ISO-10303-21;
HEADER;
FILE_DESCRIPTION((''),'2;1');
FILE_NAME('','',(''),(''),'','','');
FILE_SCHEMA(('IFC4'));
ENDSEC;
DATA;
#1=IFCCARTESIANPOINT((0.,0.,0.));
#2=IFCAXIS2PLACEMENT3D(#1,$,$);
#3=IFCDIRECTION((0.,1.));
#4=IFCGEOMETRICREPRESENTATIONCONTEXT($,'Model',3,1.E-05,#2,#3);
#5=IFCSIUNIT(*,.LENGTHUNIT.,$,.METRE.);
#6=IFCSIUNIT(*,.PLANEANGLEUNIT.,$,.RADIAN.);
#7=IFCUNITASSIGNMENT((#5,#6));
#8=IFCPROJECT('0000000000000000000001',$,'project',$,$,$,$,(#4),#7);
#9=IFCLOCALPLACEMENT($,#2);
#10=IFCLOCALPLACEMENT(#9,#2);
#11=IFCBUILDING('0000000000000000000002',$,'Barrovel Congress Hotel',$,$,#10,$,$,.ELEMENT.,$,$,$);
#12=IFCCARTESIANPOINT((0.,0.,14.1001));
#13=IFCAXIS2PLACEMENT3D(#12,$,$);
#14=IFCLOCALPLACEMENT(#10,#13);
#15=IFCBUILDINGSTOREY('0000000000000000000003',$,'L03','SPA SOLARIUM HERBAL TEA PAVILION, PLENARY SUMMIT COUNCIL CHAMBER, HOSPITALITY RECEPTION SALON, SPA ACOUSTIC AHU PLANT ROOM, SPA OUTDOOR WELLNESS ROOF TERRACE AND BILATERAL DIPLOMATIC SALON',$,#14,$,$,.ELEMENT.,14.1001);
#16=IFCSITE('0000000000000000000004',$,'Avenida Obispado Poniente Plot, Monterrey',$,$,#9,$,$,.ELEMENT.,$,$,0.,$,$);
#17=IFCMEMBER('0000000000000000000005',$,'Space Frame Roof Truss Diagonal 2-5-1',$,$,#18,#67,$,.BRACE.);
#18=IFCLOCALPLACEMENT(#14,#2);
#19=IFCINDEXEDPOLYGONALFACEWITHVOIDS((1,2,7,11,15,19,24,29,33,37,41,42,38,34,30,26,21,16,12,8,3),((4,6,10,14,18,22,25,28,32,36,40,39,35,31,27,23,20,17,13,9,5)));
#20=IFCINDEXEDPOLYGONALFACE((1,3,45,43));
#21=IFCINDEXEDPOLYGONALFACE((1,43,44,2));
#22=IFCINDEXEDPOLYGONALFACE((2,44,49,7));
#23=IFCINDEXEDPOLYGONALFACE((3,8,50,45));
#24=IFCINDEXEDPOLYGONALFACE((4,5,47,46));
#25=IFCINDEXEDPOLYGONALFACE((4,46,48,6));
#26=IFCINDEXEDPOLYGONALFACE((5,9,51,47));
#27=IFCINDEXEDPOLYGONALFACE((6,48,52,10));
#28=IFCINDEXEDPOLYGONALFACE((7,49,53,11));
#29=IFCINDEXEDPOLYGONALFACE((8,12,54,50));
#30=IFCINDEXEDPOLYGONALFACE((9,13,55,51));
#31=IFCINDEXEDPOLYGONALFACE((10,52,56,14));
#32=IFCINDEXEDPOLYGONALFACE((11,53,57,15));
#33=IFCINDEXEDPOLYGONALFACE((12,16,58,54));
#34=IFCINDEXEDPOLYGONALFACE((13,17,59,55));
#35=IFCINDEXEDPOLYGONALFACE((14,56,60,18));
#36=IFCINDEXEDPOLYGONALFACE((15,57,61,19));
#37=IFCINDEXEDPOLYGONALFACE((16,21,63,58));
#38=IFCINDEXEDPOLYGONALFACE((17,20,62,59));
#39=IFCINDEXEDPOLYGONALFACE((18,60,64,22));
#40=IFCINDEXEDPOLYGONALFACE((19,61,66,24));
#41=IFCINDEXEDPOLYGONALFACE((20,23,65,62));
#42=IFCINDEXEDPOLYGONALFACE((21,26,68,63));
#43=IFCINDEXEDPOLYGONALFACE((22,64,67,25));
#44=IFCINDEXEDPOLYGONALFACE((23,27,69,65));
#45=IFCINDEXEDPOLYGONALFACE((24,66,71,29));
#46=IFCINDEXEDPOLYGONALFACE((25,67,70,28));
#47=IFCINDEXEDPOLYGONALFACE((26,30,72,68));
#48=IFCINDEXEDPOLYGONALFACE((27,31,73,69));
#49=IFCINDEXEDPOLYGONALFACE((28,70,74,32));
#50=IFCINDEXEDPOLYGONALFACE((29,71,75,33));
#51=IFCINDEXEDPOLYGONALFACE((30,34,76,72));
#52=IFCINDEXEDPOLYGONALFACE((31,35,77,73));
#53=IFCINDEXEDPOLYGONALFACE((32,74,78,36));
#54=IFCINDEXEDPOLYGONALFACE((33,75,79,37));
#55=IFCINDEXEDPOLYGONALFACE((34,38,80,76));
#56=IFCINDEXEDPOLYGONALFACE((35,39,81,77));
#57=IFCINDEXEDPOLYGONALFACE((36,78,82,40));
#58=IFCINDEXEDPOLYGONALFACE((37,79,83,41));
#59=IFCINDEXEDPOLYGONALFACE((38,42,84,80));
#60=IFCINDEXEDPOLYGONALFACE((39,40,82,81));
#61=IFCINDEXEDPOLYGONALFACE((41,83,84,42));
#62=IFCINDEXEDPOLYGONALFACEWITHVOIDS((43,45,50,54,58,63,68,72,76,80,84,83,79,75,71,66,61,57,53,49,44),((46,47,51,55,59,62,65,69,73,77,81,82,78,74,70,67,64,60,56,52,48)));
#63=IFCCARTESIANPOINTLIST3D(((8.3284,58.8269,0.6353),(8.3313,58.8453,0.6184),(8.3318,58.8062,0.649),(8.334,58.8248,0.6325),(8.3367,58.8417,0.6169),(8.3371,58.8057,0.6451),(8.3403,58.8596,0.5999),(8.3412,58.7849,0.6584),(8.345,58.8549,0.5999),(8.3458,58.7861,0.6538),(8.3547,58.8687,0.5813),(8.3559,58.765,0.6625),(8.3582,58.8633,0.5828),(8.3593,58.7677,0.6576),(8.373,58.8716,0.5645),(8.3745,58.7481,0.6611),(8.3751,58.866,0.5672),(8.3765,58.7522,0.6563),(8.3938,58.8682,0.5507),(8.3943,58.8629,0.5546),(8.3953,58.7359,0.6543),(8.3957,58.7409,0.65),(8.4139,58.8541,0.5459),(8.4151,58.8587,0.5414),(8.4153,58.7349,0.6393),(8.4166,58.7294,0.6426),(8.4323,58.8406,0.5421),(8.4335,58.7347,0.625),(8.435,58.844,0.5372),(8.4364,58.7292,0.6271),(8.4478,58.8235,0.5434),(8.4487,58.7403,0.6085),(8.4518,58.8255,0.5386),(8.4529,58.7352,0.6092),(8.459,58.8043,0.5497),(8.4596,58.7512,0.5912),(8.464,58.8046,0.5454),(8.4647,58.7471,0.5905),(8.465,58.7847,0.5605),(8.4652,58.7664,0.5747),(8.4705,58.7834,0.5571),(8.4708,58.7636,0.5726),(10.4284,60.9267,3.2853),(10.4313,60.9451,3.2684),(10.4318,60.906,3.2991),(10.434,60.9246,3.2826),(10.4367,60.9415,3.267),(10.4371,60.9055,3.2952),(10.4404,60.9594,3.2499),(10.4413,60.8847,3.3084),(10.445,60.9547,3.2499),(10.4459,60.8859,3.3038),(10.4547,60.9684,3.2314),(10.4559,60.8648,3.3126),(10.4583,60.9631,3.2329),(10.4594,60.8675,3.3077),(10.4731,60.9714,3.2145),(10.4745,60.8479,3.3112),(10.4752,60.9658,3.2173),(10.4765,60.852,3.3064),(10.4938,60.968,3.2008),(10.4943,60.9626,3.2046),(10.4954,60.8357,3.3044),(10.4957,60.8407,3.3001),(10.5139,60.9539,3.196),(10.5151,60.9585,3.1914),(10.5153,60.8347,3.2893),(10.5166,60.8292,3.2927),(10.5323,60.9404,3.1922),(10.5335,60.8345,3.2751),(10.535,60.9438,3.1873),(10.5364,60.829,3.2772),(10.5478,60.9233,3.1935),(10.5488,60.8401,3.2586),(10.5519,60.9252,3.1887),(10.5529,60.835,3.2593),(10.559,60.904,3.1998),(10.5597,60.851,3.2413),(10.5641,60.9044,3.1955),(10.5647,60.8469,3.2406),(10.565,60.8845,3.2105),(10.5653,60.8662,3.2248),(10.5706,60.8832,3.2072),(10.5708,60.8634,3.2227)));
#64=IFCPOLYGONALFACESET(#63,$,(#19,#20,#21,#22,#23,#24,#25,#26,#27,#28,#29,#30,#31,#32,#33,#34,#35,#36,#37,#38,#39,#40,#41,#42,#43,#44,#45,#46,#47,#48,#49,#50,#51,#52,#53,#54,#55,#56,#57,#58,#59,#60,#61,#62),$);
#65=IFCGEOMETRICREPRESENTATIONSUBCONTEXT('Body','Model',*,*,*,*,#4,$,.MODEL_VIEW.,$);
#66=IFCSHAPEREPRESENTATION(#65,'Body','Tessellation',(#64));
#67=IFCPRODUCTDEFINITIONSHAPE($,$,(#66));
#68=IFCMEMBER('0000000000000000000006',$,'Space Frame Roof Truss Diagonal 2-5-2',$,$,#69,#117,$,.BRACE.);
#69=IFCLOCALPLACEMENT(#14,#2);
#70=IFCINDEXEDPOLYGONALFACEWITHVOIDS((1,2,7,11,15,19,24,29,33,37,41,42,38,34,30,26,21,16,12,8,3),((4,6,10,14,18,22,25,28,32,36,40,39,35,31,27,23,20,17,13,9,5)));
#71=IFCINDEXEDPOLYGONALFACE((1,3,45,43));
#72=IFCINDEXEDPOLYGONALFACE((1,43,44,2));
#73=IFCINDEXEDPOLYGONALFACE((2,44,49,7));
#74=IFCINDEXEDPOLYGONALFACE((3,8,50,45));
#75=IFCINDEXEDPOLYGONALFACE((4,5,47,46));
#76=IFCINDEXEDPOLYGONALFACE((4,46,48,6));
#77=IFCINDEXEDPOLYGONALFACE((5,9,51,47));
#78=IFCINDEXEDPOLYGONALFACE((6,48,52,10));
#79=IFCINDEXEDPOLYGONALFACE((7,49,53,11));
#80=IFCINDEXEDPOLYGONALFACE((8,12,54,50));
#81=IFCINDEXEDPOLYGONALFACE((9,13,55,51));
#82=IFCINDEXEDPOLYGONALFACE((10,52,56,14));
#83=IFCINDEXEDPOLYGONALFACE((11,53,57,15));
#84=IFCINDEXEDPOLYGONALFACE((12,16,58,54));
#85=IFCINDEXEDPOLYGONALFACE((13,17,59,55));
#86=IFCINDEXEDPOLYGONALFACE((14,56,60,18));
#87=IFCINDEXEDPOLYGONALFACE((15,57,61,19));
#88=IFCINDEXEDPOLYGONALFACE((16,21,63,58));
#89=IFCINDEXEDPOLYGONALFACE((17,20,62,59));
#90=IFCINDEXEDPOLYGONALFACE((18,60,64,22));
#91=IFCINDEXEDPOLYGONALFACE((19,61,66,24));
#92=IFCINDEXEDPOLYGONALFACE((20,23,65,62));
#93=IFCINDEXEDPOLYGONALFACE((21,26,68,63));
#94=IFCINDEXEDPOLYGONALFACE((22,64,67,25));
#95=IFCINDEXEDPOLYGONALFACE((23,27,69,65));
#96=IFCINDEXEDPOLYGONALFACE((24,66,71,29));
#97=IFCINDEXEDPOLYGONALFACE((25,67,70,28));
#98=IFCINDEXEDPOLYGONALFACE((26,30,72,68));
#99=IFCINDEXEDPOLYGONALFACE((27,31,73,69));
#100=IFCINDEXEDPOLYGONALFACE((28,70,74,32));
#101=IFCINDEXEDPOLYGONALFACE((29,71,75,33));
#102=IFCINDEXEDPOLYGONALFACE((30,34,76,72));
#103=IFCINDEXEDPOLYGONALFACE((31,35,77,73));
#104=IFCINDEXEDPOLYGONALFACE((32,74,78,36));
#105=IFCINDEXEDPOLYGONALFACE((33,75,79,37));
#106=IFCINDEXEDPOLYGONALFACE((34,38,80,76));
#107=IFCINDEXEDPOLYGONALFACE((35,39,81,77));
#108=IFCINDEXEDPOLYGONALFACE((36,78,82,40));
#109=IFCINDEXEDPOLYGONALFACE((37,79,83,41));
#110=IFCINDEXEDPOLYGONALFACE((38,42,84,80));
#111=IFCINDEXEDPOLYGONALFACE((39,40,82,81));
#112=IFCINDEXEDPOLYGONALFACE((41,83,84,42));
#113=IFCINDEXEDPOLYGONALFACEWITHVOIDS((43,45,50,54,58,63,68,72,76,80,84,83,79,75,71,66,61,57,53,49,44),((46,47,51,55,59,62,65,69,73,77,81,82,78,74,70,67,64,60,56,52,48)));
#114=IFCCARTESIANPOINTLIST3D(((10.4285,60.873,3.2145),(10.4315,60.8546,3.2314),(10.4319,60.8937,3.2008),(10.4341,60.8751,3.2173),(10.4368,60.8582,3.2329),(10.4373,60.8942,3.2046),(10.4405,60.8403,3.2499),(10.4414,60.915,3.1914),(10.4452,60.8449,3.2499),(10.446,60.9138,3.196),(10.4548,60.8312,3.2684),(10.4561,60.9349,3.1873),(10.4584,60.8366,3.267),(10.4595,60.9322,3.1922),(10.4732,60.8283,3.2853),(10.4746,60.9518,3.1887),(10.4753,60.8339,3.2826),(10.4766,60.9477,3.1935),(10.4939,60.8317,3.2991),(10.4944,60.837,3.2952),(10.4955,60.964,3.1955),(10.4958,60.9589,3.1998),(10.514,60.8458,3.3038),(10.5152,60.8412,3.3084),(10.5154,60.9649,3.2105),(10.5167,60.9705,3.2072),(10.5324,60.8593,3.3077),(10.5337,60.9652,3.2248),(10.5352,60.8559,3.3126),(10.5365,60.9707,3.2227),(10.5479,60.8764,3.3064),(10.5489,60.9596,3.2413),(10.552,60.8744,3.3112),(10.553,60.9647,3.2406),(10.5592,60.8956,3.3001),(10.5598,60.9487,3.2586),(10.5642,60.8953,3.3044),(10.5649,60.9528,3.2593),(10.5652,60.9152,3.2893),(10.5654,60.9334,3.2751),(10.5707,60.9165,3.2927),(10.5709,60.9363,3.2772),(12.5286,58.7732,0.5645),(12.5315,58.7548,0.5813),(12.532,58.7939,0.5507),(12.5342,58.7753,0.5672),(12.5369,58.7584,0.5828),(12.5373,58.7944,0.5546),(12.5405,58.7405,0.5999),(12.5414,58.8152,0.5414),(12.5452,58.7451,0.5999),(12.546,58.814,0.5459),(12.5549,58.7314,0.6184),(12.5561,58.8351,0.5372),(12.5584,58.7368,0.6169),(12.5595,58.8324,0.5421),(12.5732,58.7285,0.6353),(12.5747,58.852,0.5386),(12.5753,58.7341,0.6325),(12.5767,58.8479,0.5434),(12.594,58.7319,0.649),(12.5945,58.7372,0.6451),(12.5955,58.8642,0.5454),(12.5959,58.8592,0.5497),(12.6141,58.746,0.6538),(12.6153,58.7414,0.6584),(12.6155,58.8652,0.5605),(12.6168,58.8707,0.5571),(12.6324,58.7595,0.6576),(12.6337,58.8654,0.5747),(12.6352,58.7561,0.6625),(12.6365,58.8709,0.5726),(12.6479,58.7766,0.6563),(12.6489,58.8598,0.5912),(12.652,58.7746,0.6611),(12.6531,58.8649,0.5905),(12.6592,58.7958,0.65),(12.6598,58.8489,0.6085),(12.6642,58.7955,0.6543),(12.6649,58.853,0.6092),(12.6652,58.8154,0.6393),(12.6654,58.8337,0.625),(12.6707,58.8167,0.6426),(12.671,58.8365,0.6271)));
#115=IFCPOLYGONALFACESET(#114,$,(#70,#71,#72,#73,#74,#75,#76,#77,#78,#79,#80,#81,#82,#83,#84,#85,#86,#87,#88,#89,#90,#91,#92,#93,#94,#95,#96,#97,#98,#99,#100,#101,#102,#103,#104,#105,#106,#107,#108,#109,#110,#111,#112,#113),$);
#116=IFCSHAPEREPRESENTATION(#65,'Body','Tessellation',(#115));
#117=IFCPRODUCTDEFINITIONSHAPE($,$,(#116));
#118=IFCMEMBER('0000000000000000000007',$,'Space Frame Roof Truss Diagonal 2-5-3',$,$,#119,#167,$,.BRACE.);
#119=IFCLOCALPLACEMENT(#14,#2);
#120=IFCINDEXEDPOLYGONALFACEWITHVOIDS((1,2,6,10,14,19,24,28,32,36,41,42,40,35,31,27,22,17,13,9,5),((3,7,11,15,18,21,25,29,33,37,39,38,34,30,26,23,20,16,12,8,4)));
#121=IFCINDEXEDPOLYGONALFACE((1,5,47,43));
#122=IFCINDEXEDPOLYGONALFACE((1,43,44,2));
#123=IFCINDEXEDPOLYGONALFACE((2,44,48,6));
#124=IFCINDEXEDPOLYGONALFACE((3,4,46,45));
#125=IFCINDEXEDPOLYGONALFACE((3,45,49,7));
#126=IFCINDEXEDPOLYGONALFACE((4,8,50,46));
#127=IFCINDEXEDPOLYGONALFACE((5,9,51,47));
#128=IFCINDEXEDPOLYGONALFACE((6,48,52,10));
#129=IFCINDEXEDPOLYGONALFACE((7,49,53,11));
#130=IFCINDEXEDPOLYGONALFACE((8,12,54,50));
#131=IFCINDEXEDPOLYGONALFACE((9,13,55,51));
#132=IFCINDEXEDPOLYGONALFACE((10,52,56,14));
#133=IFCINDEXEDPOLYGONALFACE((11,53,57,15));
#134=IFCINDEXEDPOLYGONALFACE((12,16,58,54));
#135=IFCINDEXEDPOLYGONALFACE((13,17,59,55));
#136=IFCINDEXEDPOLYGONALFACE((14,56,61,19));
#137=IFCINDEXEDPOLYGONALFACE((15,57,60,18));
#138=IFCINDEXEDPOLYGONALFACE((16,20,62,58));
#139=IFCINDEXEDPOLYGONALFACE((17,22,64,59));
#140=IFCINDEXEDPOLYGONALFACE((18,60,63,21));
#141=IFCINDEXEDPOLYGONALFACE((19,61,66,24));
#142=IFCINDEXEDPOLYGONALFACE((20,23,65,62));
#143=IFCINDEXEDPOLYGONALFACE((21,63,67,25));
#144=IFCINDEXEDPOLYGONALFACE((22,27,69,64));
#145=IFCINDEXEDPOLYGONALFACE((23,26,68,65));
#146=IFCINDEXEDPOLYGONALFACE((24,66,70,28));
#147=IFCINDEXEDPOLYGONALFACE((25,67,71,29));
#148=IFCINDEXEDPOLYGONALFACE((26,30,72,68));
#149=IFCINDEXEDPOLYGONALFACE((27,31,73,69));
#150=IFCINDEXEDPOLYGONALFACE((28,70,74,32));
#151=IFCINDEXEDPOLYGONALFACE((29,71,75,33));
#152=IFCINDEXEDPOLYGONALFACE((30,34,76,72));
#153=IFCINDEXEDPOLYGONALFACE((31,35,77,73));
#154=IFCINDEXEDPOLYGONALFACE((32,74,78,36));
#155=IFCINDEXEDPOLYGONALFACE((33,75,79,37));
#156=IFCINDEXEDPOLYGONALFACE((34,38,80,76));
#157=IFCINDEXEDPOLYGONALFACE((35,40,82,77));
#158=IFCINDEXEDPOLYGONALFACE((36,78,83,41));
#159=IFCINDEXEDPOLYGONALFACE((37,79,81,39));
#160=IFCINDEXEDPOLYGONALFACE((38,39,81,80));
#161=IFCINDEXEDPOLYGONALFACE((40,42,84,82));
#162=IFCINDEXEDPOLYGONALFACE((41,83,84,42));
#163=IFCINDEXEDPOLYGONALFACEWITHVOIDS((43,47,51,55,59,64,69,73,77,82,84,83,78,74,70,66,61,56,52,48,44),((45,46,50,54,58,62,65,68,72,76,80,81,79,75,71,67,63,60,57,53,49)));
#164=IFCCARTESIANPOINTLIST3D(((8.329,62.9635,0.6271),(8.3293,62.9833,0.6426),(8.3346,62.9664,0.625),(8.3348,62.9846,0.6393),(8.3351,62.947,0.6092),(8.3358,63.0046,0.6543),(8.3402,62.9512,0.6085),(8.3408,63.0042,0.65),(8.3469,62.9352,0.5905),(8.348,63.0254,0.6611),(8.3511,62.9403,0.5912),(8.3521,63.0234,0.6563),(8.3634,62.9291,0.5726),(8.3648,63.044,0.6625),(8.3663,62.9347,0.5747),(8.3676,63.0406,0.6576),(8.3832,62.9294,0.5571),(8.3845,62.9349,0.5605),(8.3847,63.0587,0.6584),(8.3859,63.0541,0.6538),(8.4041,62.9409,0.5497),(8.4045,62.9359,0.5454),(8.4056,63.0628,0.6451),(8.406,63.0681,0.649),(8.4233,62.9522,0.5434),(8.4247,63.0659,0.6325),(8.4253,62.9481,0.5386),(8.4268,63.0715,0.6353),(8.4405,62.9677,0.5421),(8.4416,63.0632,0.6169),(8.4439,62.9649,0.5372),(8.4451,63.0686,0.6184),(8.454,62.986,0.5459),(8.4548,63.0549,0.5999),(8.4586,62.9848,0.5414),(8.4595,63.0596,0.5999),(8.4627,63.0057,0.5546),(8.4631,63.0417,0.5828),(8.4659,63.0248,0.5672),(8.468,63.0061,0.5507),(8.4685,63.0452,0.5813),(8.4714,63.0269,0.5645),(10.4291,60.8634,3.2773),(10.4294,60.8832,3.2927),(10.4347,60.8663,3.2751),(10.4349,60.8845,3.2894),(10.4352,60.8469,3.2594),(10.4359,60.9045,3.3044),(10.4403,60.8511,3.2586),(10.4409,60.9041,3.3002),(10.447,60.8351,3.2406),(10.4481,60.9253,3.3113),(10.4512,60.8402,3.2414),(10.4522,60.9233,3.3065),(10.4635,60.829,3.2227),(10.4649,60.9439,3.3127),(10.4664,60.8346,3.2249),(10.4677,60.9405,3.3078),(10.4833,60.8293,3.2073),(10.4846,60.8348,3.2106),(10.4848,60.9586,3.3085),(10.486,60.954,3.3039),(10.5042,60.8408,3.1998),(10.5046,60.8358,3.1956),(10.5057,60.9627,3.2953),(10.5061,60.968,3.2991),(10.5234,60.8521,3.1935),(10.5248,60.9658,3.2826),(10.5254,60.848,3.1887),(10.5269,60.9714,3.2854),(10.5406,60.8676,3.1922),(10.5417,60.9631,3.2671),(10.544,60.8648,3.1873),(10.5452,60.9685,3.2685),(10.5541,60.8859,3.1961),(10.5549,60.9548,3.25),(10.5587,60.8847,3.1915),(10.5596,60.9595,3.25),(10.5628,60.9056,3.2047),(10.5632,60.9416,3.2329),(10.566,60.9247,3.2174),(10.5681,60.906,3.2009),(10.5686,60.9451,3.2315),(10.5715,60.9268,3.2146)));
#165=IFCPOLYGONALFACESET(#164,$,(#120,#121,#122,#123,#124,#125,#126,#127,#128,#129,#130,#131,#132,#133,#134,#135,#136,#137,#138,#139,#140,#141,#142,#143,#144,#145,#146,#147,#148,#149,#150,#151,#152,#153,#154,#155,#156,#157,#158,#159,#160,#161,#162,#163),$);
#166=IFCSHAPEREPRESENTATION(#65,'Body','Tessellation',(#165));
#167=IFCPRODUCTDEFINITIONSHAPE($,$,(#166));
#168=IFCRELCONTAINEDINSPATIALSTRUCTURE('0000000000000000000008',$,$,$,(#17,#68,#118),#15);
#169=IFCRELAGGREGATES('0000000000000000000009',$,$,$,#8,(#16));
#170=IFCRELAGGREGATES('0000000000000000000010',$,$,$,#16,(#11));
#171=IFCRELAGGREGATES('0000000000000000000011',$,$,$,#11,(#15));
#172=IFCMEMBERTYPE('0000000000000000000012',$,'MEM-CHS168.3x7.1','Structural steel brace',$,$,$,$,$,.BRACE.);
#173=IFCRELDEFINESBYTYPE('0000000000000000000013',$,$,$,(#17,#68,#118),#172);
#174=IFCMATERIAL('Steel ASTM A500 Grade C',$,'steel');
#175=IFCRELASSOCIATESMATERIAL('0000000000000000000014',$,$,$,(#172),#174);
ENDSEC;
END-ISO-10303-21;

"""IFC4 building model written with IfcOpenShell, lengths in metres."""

from ifc_helpers import new_model, si_unit, direction, frame, origin, origin_2d, place, context, subcontext, project, spatial, hollow_circle, extrude, material, material_profile, profile_set, type_object, element, save


model = new_model("IFC4")

# Units and contexts
model_context = context("Model", 3, precision=1e-05, world=origin(), true_north=direction((0.0, 1.0)))
body_context = subcontext(model_context, "Body", "Model", "MODEL_VIEW")
ifc_project = project(units=[si_unit("LENGTHUNIT", "METRE"), si_unit("PLANEANGLEUNIT", "RADIAN")], contexts=[model_context])

# Site, building, storey
site_placement = place(None, origin())
site = spatial("IfcSite", under=ifc_project, at=site_placement, Name="Avenida Obispado Poniente Plot, Monterrey", CompositionType="ELEMENT", RefElevation=0.0)
building_placement = place(site_placement, origin())
building = spatial("IfcBuilding", under=site, at=building_placement, Name="Barrovel Congress Hotel", CompositionType="ELEMENT")
storey_placement = place(building_placement, frame((0.0, 0.0, 14.1001)))
storey = spatial("IfcBuildingStorey", under=building, at=storey_placement, Name="L03", Description="SPA SOLARIUM HERBAL TEA PAVILION, PLENARY SUMMIT COUNCIL CHAMBER, HOSPITALITY RECEPTION SALON, SPA ACOUSTIC AHU PLANT ROOM, SPA OUTDOOR WELLNESS ROOF TERRACE AND BILATERAL DIPLOMATIC SALON", CompositionType="ELEMENT", Elevation=14.1001)

# Members
ifc_material_1 = material(Name="Steel ASTM A500 Grade C", Category="steel")
ifc_material_profile_1 = material_profile(ifc_material_1, hollow_circle(Radius=0.0842, WallThickness=0.0066, at=origin_2d()), Name="CHS168.3x7.1")
ifc_profile_set_1 = profile_set([ifc_material_profile_1], Name="Steel ASTM A500 Grade C")
member_type_1 = type_object("IfcMemberType", Name="MEM-CHS168.3x7.1", Description="Structural steel brace", PredefinedType="BRACE", material=ifc_profile_set_1)
for number, where, z_axis, x_axis, name in (
    (1, (8.3999, 58.8, 0.5999), (0.527618, 0.527557, 0.66581), (-0.707066, 0.707148, 0.0), "Space Frame Roof Truss Diagonal 2-5-1"),
    (2, (12.6001, 58.8, 0.5999), (-0.527618, 0.527557, 0.66581), (-0.707066, -0.707148, 0.0), "Space Frame Roof Truss Diagonal 2-5-2"),
):
    element("IfcMember", number, at=place(storey_placement, frame(where, z_axis=z_axis, x_axis=x_axis)), inside=storey, type_object=member_type_1, Name=name, PredefinedType="BRACE", context=body_context, shape_type="SweptSolid", body=[
        extrude(hollow_circle(Radius=0.0842, WallThickness=0.0066, at=origin_2d()), origin(), (0.0, 0.0, 1.0), 3.9802),
    ])
for number, where, z_axis, x_axis, name in (
    (3, (8.3999, 63.0, 0.5999), (0.527601, -0.527601, 0.665788), (0.707107, 0.707107, 0.0), "Space Frame Roof Truss Diagonal 2-5-3"),
):
    element("IfcMember", number, at=place(storey_placement, frame(where, z_axis=z_axis, x_axis=x_axis)), inside=storey, type_object=member_type_1, Name=name, PredefinedType="BRACE", context=body_context, shape_type="SweptSolid", body=[
        extrude(hollow_circle(Radius=0.0842, WallThickness=0.0066, at=origin_2d()), origin(), (0.0, 0.0, 1.0), 3.9805),
    ])

save(model, "model.ifc")
